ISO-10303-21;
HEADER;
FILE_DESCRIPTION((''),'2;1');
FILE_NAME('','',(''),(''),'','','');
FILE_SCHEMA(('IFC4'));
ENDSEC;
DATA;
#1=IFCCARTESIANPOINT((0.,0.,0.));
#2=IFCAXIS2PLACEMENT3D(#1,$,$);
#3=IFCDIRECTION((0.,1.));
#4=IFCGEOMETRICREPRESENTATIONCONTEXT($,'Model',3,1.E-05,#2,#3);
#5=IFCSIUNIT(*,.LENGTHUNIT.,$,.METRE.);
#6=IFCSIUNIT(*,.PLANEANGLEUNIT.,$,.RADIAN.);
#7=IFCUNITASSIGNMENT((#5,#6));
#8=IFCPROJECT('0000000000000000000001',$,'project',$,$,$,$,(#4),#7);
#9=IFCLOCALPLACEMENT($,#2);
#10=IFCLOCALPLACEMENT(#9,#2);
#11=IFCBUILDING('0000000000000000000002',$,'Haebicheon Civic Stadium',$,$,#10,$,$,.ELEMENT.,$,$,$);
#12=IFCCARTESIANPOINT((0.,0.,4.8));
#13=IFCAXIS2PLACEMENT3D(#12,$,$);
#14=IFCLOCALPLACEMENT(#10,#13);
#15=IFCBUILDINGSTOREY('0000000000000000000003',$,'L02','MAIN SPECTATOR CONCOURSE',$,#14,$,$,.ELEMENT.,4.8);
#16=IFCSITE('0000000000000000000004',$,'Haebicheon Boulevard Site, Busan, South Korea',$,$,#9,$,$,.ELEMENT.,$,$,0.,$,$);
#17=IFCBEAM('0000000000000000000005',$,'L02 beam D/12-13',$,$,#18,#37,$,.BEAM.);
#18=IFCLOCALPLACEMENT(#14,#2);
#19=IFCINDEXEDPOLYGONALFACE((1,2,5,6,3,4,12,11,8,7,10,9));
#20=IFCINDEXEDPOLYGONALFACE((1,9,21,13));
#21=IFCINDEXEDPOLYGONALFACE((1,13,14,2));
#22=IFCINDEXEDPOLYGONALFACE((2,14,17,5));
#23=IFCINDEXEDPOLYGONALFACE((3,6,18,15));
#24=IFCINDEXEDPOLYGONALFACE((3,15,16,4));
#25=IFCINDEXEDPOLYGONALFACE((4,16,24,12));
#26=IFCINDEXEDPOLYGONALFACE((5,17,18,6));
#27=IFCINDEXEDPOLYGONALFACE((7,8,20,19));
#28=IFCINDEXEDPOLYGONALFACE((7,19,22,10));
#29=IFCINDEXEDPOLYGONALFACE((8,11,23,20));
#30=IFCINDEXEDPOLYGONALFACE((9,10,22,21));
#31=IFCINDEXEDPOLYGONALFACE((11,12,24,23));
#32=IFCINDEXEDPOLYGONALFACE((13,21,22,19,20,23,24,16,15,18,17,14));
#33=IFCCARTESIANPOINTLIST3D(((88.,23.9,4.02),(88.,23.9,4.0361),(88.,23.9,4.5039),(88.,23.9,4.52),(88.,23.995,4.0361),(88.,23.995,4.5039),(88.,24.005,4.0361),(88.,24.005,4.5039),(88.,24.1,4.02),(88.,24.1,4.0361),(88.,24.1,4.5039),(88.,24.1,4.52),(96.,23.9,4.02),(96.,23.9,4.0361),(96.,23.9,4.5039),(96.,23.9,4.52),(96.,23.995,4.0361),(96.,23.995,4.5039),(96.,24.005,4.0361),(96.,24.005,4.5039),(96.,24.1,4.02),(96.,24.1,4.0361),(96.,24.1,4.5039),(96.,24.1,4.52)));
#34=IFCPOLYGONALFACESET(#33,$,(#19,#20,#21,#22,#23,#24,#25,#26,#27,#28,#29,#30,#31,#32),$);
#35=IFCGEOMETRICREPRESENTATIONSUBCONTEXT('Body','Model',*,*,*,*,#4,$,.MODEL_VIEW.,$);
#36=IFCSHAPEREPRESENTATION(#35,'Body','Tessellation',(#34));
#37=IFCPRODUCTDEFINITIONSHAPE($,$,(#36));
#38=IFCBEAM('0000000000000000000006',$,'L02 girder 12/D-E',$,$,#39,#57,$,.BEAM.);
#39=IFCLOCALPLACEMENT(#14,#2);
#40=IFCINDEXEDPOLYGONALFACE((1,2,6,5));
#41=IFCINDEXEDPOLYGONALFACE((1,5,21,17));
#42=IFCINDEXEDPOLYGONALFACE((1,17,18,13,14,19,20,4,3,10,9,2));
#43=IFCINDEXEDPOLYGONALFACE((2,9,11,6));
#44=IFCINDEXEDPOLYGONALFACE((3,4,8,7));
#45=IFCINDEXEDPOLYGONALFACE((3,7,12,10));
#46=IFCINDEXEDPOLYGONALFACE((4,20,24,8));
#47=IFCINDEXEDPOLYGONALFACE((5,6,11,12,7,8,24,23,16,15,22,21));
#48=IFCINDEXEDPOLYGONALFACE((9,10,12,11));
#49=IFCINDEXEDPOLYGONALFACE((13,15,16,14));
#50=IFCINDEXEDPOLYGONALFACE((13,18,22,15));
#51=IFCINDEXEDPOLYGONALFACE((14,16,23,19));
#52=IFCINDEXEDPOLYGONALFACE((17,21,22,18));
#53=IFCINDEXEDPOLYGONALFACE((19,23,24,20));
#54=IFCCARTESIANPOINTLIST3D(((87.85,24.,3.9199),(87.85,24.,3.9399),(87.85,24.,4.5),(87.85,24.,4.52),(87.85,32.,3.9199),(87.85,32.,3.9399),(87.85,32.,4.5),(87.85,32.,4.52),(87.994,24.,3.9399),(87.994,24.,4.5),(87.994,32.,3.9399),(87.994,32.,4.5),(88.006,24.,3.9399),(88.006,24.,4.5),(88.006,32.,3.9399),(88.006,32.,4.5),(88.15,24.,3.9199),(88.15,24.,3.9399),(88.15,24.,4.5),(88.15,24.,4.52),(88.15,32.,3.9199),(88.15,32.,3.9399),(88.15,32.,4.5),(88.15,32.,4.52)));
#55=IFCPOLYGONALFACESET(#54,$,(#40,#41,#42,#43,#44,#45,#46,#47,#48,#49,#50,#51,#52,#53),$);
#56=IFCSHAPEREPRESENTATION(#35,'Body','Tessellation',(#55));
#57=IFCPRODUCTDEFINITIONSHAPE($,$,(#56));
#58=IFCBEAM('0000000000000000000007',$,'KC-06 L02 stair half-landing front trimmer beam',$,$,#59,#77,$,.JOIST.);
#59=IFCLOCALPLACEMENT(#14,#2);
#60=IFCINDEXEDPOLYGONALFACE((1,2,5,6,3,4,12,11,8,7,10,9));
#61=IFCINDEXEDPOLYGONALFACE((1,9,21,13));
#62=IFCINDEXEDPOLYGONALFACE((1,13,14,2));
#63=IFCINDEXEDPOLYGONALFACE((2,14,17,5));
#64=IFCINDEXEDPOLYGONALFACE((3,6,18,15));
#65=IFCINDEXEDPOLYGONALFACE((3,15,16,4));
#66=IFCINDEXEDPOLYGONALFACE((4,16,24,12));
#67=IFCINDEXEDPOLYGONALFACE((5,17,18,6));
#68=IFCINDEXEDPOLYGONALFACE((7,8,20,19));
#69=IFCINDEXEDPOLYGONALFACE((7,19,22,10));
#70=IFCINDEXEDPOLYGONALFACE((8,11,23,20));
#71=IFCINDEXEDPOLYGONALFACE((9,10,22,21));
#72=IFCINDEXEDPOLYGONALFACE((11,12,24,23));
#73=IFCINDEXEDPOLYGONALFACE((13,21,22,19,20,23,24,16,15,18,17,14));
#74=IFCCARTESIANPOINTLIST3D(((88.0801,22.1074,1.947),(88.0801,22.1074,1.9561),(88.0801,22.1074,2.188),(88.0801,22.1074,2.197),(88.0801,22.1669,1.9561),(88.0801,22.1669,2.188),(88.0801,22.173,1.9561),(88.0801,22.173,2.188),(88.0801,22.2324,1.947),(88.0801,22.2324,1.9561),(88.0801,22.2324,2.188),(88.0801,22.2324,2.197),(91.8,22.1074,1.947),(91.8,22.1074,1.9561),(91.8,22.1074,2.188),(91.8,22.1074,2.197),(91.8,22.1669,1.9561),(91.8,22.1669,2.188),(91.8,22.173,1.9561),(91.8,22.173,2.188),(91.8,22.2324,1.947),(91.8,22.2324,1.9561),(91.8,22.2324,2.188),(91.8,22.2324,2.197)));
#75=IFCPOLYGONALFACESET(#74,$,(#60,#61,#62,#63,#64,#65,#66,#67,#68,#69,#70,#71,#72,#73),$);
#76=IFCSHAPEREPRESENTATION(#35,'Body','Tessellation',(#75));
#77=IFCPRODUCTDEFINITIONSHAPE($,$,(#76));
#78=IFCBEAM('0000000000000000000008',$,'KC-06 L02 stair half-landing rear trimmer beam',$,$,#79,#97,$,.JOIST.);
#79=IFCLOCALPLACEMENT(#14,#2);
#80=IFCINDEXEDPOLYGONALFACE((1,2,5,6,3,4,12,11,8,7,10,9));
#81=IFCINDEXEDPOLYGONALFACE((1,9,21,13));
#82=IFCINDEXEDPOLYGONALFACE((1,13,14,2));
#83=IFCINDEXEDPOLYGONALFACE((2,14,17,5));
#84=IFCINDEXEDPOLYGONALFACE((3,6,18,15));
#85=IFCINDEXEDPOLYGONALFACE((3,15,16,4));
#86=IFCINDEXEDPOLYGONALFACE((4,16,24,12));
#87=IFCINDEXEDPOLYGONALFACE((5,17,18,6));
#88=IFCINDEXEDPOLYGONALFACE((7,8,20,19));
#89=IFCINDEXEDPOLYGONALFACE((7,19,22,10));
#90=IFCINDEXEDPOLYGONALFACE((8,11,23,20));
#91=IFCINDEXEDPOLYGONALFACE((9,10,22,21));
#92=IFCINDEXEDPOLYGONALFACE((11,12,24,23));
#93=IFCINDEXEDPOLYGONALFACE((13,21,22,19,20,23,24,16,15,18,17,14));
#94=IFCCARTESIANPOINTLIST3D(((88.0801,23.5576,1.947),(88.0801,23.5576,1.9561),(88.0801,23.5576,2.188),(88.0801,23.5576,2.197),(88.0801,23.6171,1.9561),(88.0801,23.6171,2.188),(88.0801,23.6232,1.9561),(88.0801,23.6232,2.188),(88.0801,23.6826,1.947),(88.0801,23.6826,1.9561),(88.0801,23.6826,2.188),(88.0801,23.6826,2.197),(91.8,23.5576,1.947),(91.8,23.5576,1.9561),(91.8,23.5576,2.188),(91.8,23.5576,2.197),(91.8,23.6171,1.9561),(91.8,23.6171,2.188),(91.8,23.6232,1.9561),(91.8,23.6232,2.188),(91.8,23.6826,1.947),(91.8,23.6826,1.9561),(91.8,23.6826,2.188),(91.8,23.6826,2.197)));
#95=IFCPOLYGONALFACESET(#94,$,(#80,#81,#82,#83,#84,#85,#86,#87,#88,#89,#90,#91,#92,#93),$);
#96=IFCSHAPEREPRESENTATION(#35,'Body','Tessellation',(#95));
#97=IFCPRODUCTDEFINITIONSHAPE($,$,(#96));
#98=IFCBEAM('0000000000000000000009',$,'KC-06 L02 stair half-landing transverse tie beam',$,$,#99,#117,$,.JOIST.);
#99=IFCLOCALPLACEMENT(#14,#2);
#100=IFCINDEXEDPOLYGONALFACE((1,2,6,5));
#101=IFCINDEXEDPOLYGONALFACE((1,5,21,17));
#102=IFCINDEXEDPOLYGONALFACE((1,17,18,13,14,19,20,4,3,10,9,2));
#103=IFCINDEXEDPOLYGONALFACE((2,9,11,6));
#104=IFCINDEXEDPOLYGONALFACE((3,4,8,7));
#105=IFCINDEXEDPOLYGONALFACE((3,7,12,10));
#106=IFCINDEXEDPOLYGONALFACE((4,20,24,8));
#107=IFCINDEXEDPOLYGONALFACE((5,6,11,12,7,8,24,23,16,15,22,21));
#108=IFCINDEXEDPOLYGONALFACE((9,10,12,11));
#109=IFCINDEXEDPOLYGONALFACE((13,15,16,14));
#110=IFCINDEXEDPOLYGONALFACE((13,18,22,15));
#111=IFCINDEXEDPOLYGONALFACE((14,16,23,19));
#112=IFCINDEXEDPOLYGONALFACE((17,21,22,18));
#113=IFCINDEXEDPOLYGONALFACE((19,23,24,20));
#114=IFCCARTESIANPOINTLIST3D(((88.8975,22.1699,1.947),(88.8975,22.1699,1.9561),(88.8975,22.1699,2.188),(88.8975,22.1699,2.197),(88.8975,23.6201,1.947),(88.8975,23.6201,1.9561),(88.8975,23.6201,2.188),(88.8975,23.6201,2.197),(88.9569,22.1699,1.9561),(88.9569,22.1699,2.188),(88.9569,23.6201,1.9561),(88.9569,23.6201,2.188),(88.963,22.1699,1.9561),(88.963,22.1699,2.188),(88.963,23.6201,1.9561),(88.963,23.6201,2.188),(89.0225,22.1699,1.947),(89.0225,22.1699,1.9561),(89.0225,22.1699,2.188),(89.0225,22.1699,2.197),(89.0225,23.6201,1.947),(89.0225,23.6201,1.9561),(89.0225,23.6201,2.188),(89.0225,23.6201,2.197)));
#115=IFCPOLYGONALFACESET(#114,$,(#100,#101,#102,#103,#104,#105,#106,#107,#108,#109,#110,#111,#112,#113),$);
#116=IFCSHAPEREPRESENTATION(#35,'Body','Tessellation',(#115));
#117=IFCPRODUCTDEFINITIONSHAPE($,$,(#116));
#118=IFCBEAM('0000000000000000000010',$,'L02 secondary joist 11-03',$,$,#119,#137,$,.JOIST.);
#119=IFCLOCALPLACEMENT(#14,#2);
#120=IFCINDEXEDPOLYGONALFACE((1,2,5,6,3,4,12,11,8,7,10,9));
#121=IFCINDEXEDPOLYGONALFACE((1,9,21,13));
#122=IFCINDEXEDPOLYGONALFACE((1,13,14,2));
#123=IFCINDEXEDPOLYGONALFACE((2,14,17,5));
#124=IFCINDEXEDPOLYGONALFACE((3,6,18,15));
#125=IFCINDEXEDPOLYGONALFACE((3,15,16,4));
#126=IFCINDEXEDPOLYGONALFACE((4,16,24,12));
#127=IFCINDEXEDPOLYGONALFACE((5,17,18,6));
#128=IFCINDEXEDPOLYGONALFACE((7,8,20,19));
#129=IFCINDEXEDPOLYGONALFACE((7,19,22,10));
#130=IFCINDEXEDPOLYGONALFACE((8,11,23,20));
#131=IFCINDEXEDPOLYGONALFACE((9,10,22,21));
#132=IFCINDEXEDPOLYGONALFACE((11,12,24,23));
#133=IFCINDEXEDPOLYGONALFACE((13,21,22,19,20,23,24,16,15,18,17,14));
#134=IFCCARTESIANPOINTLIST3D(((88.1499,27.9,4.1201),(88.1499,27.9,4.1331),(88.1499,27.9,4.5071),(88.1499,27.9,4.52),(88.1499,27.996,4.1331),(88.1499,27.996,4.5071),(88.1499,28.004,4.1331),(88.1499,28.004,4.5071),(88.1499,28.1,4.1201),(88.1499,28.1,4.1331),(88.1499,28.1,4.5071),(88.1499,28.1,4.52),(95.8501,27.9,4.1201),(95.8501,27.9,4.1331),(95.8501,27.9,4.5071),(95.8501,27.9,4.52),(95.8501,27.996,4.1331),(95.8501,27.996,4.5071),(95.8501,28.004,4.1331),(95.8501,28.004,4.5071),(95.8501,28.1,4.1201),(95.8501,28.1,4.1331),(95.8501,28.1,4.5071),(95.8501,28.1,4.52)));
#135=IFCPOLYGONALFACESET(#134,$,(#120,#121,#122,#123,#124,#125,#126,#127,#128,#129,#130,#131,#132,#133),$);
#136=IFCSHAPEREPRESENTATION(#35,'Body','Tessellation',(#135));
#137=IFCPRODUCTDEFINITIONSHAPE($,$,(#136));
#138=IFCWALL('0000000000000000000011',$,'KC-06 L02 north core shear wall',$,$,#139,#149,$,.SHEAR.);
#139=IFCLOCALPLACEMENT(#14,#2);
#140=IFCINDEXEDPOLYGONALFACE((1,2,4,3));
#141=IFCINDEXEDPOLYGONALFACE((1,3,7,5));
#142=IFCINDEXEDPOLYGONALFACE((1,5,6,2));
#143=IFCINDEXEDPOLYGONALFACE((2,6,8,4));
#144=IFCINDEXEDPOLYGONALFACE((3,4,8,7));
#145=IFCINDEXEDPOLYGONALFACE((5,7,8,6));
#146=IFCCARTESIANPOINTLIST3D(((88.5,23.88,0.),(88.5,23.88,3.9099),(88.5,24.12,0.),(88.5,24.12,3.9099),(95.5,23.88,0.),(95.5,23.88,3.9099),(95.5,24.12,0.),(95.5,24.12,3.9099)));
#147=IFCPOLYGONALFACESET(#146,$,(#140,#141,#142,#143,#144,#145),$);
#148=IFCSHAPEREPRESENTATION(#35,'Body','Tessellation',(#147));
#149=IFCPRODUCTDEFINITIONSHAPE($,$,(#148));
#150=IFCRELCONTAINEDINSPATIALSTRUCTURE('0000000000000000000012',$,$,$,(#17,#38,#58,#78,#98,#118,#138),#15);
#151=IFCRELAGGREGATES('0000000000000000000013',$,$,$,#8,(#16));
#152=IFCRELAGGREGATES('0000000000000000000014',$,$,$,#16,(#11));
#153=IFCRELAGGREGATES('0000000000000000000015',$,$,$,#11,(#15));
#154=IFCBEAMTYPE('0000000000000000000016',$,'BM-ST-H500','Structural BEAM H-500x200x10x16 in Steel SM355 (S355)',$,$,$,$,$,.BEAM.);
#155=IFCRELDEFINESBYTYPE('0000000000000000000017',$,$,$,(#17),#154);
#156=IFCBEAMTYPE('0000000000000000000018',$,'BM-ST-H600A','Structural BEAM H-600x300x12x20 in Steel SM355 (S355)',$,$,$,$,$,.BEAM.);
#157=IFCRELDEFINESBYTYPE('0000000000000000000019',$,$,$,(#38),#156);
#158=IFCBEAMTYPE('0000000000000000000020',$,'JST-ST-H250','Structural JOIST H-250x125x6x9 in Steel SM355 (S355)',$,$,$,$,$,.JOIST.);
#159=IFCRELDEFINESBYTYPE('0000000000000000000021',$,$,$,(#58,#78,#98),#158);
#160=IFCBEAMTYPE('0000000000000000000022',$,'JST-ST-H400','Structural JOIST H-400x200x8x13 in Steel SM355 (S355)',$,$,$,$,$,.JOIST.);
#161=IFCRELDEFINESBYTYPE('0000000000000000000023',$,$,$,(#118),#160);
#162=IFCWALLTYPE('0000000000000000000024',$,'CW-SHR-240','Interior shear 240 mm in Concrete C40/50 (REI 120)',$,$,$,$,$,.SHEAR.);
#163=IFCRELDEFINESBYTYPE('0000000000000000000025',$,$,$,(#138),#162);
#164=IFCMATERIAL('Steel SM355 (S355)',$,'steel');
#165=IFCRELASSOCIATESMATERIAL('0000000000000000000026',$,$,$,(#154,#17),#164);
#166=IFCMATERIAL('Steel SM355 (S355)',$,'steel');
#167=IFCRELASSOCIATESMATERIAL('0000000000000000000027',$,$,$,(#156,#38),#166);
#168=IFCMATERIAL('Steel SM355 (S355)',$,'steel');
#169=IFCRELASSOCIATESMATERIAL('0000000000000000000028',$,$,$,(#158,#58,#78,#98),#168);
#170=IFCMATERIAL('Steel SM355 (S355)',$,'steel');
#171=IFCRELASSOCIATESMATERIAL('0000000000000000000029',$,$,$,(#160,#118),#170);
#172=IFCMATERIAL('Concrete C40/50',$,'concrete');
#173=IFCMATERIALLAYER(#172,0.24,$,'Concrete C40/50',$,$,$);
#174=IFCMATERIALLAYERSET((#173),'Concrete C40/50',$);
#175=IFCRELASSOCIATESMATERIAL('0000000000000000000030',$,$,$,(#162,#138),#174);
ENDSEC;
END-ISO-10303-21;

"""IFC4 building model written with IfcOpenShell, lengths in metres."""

from ifc_helpers import new_model, si_unit, direction, frame, frame_2d, origin, origin_2d, place, context, subcontext, project, spatial, rectangle, i_section, extrude, material, layer, layer_set, material_profile, profile_set, type_object, element, save


model = new_model("IFC4")

# Units and contexts
model_context = context("Model", 3, precision=1e-05, world=origin(), true_north=direction((0.0, 1.0)))
body_context = subcontext(model_context, "Body", "Model", "MODEL_VIEW")
ifc_project = project(units=[si_unit("LENGTHUNIT", "METRE"), si_unit("PLANEANGLEUNIT", "RADIAN")], contexts=[model_context])

# Site, building, storey
site_placement = place(None, origin())
site = spatial("IfcSite", under=ifc_project, at=site_placement, Name="Haebicheon Boulevard Site, Busan, South Korea", CompositionType="ELEMENT", RefElevation=0.0)
building_placement = place(site_placement, origin())
building = spatial("IfcBuilding", under=site, at=building_placement, Name="Haebicheon Civic Stadium", CompositionType="ELEMENT")
storey_placement = place(building_placement, frame((0.0, 0.0, 4.8)))
storey = spatial("IfcBuildingStorey", under=building, at=storey_placement, Name="L02", Description="MAIN SPECTATOR CONCOURSE", CompositionType="ELEMENT", Elevation=4.8)

# Beams
ifc_material_1 = material(Name="Steel SM355 (S355)", Category="steel")
ifc_material_profile_1 = material_profile(ifc_material_1, i_section(OverallWidth=0.2, OverallDepth=0.5, WebThickness=0.01, FlangeThickness=0.0161, at=origin_2d()), Name="H-500x200x10x16")
ifc_profile_set_1 = profile_set([ifc_material_profile_1], Name="Steel SM355 (S355)")
beam_type_1 = type_object("IfcBeamType", Name="BM-ST-H500", Description="Structural BEAM H-500x200x10x16 in Steel SM355 (S355)", PredefinedType="BEAM", material=ifc_profile_set_1)
beam_1_placement = place(storey_placement, frame((88.0, 24.0, 4.27), z_axis=(1.0, 0.0, 0.0), x_axis=(0.0, 1.0, 0.0)))
element("IfcBeam", 1, at=beam_1_placement, inside=storey, type_object=beam_type_1, material=ifc_profile_set_1, Name="L02 beam D/12-13", PredefinedType="BEAM", context=body_context, shape_type="SweptSolid", body=[
    extrude(i_section(OverallWidth=0.2, OverallDepth=0.5, WebThickness=0.01, FlangeThickness=0.0161, at=origin_2d()), origin(), (0.0, 0.0, 1.0), 8.0),
])
ifc_material_2 = material(Name="Steel SM355 (S355)", Category="steel")
ifc_material_profile_2 = material_profile(ifc_material_2, i_section(OverallWidth=0.3, OverallDepth=0.6001, WebThickness=0.012, FlangeThickness=0.02, at=origin_2d()), Name="H-600x300x12x20")
ifc_profile_set_2 = profile_set([ifc_material_profile_2], Name="Steel SM355 (S355)")
beam_type_2 = type_object("IfcBeamType", Name="BM-ST-H600A", Description="Structural BEAM H-600x300x12x20 in Steel SM355 (S355)", PredefinedType="BEAM", material=ifc_profile_set_2)
beam_2_placement = place(storey_placement, frame((88.0, 24.0, 4.22), z_axis=(0.0, 1.0, 0.0), x_axis=(-1.0, 0.0, 0.0)))
element("IfcBeam", 2, at=beam_2_placement, inside=storey, type_object=beam_type_2, material=ifc_profile_set_2, Name="L02 girder 12/D-E", PredefinedType="BEAM", context=body_context, shape_type="SweptSolid", body=[
    extrude(i_section(OverallWidth=0.3, OverallDepth=0.6001, WebThickness=0.012, FlangeThickness=0.02, at=origin_2d()), origin(), (0.0, 0.0, 1.0), 8.0),
])
ifc_material_3 = material(Name="Steel SM355 (S355)", Category="steel")
ifc_material_profile_3 = material_profile(ifc_material_3, i_section(OverallWidth=0.125, OverallDepth=0.25, WebThickness=0.0061, FlangeThickness=0.009, at=origin_2d()), Name="H-250x125x6x9")
ifc_profile_set_3 = profile_set([ifc_material_profile_3], Name="Steel SM355 (S355)")
beam_type_3 = type_object("IfcBeamType", Name="JST-ST-H250", Description="Structural JOIST H-250x125x6x9 in Steel SM355 (S355)", PredefinedType="JOIST", material=ifc_profile_set_3)
for number, where, z_axis, x_axis, name in (
    (3, (88.0801, 22.1699, 2.072), (1.0, 0.0, 0.0), (0.0, 1.0, 0.0), "KC-06 L02 stair half-landing front trimmer beam"),
    (4, (88.0801, 23.6201, 2.072), (1.0, 0.0, 0.0), (0.0, 1.0, 0.0), "KC-06 L02 stair half-landing rear trimmer beam"),
):
    element("IfcBeam", number, at=place(storey_placement, frame(where, z_axis=z_axis, x_axis=x_axis)), inside=storey, type_object=beam_type_3, material=ifc_profile_set_3, Name=name, PredefinedType="JOIST", context=body_context, shape_type="SweptSolid", body=[
        extrude(i_section(OverallWidth=0.125, OverallDepth=0.25, WebThickness=0.0061, FlangeThickness=0.009, at=origin_2d()), origin(), (0.0, 0.0, 1.0), 3.72),
    ])
beam_3_placement = place(storey_placement, frame((88.96, 22.1699, 2.072), z_axis=(0.0, 1.0, 0.0), x_axis=(-1.0, 0.0, 0.0)))
element("IfcBeam", 5, at=beam_3_placement, inside=storey, type_object=beam_type_3, material=ifc_profile_set_3, Name="KC-06 L02 stair half-landing transverse tie beam", PredefinedType="JOIST", context=body_context, shape_type="SweptSolid", body=[
    extrude(i_section(OverallWidth=0.125, OverallDepth=0.25, WebThickness=0.0061, FlangeThickness=0.009, at=origin_2d()), origin(), (0.0, 0.0, 1.0), 1.4502),
])
ifc_material_4 = material(Name="Steel SM355 (S355)", Category="steel")
ifc_material_profile_4 = material_profile(ifc_material_4, i_section(OverallWidth=0.2, OverallDepth=0.3999, WebThickness=0.0081, FlangeThickness=0.0129, at=origin_2d()), Name="H-400x200x8x13")
ifc_profile_set_4 = profile_set([ifc_material_profile_4], Name="Steel SM355 (S355)")
beam_type_4 = type_object("IfcBeamType", Name="JST-ST-H400", Description="Structural JOIST H-400x200x8x13 in Steel SM355 (S355)", PredefinedType="JOIST", material=ifc_profile_set_4)
beam_4_placement = place(storey_placement, frame((88.1499, 28.0, 4.3201), z_axis=(1.0, 0.0, 0.0), x_axis=(0.0, 1.0, 0.0)))
element("IfcBeam", 6, at=beam_4_placement, inside=storey, type_object=beam_type_4, material=ifc_profile_set_4, Name="L02 secondary joist 11-03", PredefinedType="JOIST", context=body_context, shape_type="SweptSolid", body=[
    extrude(i_section(OverallWidth=0.2, OverallDepth=0.3999, WebThickness=0.0081, FlangeThickness=0.0129, at=origin_2d()), origin(), (0.0, 0.0, 1.0), 7.7002),
])

# Wall
ifc_material_5 = material(Name="Concrete C40/50", Category="concrete")
ifc_layer = layer(ifc_material_5, 0.24, Name="Concrete C40/50")
ifc_layer_set = layer_set([ifc_layer], Name="Concrete C40/50")
wall_type = type_object("IfcWallType", Name="CW-SHR-240", Description="Interior shear 240 mm in Concrete C40/50 (REI 120)", PredefinedType="SHEAR", material=ifc_layer_set)
wall_placement = place(storey_placement, frame((88.5, 24.0, 0.0), z_axis=(0.0, 0.0, 1.0), x_axis=(1.0, 0.0, 0.0)))
element("IfcWall", 7, at=wall_placement, inside=storey, type_object=wall_type, material=ifc_layer_set, Name="KC-06 L02 north core shear wall", PredefinedType="SHEAR", context=body_context, shape_type="SweptSolid", body=[
    extrude(rectangle(XDim=7.0, YDim=0.24, at=frame_2d((3.5, 0.0))), origin(), (0.0, 0.0, 1.0), 3.9099),
])

save(model, "model.ifc")
